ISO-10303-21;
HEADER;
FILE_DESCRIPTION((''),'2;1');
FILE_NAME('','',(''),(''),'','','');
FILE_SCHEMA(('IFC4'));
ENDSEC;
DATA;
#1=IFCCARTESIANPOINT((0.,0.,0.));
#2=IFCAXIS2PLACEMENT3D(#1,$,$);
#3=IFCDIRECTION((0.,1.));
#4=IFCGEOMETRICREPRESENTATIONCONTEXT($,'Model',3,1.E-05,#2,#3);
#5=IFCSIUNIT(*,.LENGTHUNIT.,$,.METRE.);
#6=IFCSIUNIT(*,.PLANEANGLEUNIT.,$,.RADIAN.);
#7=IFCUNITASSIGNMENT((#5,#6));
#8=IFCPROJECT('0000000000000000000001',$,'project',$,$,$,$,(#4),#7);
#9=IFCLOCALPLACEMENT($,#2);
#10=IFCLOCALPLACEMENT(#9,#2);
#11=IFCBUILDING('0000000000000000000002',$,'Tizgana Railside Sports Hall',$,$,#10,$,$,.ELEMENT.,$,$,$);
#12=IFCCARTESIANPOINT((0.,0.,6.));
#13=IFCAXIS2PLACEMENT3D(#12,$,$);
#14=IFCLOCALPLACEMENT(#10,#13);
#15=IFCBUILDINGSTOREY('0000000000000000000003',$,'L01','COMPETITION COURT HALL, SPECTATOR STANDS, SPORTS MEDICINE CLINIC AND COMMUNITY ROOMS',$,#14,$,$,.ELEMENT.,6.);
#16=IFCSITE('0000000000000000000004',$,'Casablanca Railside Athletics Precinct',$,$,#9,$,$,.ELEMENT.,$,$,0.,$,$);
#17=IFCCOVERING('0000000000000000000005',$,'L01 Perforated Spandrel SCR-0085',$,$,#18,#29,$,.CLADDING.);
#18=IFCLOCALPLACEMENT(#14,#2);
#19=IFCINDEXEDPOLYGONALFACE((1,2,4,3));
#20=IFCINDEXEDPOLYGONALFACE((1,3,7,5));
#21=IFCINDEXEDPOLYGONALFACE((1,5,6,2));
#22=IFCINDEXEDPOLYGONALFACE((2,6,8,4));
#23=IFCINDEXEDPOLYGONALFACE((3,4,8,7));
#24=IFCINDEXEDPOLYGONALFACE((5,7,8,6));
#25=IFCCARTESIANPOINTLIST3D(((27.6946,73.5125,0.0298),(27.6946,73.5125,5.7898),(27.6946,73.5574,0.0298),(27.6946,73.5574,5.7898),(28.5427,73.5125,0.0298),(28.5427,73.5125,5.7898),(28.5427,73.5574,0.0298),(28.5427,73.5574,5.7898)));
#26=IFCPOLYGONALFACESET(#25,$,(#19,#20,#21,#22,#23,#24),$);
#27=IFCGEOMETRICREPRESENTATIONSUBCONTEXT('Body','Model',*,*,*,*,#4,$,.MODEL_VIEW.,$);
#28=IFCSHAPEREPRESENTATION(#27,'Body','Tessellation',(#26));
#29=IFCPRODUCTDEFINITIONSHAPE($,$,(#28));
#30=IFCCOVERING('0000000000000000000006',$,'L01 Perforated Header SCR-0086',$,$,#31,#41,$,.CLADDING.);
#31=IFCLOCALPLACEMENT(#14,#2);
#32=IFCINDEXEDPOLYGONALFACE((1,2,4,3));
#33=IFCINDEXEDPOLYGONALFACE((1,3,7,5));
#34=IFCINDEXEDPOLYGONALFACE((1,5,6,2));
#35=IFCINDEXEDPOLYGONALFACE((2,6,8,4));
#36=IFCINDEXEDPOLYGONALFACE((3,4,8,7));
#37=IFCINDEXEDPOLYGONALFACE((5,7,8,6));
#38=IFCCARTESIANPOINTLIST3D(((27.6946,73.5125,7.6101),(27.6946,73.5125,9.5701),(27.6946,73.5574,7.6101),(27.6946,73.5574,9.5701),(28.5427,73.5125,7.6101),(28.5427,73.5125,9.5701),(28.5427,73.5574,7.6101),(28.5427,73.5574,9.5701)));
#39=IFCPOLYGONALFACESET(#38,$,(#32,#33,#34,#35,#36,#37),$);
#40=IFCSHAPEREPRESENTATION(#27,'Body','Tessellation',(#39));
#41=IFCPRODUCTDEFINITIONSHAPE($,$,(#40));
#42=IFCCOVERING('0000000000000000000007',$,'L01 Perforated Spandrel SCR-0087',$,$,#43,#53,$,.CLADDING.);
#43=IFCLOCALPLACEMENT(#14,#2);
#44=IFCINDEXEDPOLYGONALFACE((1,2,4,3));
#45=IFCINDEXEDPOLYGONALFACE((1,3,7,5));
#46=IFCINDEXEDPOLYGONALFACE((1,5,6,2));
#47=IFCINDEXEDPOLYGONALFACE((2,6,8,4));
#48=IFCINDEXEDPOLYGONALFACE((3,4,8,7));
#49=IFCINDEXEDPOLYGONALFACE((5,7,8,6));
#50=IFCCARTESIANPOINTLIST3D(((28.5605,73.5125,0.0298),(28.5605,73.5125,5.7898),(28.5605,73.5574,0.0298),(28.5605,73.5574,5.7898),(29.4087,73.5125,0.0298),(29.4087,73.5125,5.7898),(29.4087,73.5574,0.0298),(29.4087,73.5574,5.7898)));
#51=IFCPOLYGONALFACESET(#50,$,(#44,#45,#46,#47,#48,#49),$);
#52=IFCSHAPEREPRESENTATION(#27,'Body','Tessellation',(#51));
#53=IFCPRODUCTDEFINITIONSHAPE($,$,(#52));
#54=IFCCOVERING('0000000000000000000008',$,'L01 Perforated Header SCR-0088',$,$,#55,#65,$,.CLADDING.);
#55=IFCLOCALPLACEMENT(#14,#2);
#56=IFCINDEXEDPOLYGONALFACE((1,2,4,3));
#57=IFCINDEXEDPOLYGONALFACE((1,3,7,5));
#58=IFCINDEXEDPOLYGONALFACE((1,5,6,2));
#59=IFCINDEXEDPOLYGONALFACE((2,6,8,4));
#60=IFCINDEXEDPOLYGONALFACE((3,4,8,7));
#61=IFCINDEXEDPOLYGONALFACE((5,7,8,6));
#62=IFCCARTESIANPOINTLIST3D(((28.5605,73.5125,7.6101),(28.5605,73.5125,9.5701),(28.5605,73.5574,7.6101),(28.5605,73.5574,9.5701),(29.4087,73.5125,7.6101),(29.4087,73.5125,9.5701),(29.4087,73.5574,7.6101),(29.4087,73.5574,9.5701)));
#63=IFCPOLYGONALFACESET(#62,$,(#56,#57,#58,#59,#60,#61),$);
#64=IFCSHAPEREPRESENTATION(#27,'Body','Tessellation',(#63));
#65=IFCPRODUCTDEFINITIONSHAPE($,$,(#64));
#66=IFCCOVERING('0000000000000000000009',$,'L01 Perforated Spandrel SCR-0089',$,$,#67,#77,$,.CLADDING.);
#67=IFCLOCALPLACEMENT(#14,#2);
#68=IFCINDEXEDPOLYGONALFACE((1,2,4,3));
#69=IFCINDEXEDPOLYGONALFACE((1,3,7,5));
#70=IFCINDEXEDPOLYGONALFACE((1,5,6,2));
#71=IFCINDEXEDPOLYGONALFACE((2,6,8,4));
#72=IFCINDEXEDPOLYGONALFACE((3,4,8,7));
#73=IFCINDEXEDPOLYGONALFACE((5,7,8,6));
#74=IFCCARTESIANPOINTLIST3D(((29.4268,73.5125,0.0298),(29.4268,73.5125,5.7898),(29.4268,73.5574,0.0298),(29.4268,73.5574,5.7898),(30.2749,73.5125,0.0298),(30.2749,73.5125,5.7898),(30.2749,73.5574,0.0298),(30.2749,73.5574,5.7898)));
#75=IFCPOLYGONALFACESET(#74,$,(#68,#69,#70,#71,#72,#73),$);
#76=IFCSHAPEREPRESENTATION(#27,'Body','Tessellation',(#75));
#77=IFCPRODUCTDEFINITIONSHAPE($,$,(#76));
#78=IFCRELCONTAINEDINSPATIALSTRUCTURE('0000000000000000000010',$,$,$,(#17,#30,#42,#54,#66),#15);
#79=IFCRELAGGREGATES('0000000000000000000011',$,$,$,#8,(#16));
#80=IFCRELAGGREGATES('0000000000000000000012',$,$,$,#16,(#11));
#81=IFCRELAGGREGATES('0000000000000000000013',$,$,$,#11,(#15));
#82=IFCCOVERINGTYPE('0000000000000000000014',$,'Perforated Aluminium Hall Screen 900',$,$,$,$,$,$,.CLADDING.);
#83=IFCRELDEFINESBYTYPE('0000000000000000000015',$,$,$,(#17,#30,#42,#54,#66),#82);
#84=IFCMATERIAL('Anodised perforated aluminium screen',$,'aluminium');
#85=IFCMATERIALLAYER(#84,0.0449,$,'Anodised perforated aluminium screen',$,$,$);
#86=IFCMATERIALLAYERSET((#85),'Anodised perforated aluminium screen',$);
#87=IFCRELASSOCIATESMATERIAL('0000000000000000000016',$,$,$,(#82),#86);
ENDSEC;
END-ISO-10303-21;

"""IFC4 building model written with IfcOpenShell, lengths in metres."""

from ifc_helpers import new_model, si_unit, direction, frame, origin, origin_2d, place, context, subcontext, project, spatial, rectangle, extrude, material, layer, layer_set, type_object, element, save


model = new_model("IFC4")

# Units and contexts
model_context = context("Model", 3, precision=1e-05, world=origin(), true_north=direction((0.0, 1.0)))
body_context = subcontext(model_context, "Body", "Model", "MODEL_VIEW")
ifc_project = project(units=[si_unit("LENGTHUNIT", "METRE"), si_unit("PLANEANGLEUNIT", "RADIAN")], contexts=[model_context])

# Site, building, storey
site_placement = place(None, origin())
site = spatial("IfcSite", under=ifc_project, at=site_placement, Name="Casablanca Railside Athletics Precinct", CompositionType="ELEMENT", RefElevation=0.0)
building_placement = place(site_placement, origin())
building = spatial("IfcBuilding", under=site, at=building_placement, Name="Tizgana Railside Sports Hall", CompositionType="ELEMENT")
storey_placement = place(building_placement, frame((0.0, 0.0, 6.0)))
storey = spatial("IfcBuildingStorey", under=building, at=storey_placement, Name="L01", Description="COMPETITION COURT HALL, SPECTATOR STANDS, SPORTS MEDICINE CLINIC AND COMMUNITY ROOMS", CompositionType="ELEMENT", Elevation=6.0)

# Coverings
ifc_material_1 = material(Name="Anodised perforated aluminium screen", Category="aluminium")
ifc_layer_1 = layer(ifc_material_1, 0.0449, Name="Anodised perforated aluminium screen")
ifc_layer_set_1 = layer_set([ifc_layer_1], Name="Anodised perforated aluminium screen")
covering_type = type_object("IfcCoveringType", Name="Perforated Aluminium Hall Screen 900", PredefinedType="CLADDING", material=ifc_layer_set_1)
covering_1_placement = place(storey_placement, frame((28.1187, 73.5349, 0.0298), z_axis=(0.0, 0.0, 1.0), x_axis=(1.0, 0.0, 0.0)))
element("IfcCovering", 1, at=covering_1_placement, inside=storey, type_object=covering_type, Name="L01 Perforated Spandrel SCR-0085", PredefinedType="CLADDING", context=body_context, shape_type="SweptSolid", body=[
    extrude(rectangle(XDim=0.8481, YDim=0.0449, at=origin_2d()), origin(), (0.0, 0.0, 1.0), 5.76),
])
covering_2_placement = place(storey_placement, frame((28.1187, 73.5349, 7.6101), z_axis=(0.0, 0.0, 1.0), x_axis=(1.0, 0.0, 0.0)))
element("IfcCovering", 2, at=covering_2_placement, inside=storey, type_object=covering_type, Name="L01 Perforated Header SCR-0086", PredefinedType="CLADDING", context=body_context, shape_type="SweptSolid", body=[
    extrude(rectangle(XDim=0.8481, YDim=0.0449, at=origin_2d()), origin(), (0.0, 0.0, 1.0), 1.96),
])
covering_3_placement = place(storey_placement, frame((28.9846, 73.5349, 0.0298), z_axis=(0.0, 0.0, 1.0), x_axis=(1.0, 0.0, 0.0)))
element("IfcCovering", 3, at=covering_3_placement, inside=storey, type_object=covering_type, Name="L01 Perforated Spandrel SCR-0087", PredefinedType="CLADDING", context=body_context, shape_type="SweptSolid", body=[
    extrude(rectangle(XDim=0.8481, YDim=0.0449, at=origin_2d()), origin(), (0.0, 0.0, 1.0), 5.76),
])
covering_4_placement = place(storey_placement, frame((28.9846, 73.5349, 7.6101), z_axis=(0.0, 0.0, 1.0), x_axis=(1.0, 0.0, 0.0)))
element("IfcCovering", 4, at=covering_4_placement, inside=storey, type_object=covering_type, Name="L01 Perforated Header SCR-0088", PredefinedType="CLADDING", context=body_context, shape_type="SweptSolid", body=[
    extrude(rectangle(XDim=0.8481, YDim=0.0449, at=origin_2d()), origin(), (0.0, 0.0, 1.0), 1.96),
])
covering_5_placement = place(storey_placement, frame((29.8508, 73.5349, 0.0298), z_axis=(0.0, 0.0, 1.0), x_axis=(1.0, 0.0, 0.0)))
element("IfcCovering", 5, at=covering_5_placement, inside=storey, type_object=covering_type, Name="L01 Perforated Spandrel SCR-0089", PredefinedType="CLADDING", context=body_context, shape_type="SweptSolid", body=[
    extrude(rectangle(XDim=0.8481, YDim=0.0449, at=origin_2d()), origin(), (0.0, 0.0, 1.0), 5.76),
])

save(model, "model.ifc")
